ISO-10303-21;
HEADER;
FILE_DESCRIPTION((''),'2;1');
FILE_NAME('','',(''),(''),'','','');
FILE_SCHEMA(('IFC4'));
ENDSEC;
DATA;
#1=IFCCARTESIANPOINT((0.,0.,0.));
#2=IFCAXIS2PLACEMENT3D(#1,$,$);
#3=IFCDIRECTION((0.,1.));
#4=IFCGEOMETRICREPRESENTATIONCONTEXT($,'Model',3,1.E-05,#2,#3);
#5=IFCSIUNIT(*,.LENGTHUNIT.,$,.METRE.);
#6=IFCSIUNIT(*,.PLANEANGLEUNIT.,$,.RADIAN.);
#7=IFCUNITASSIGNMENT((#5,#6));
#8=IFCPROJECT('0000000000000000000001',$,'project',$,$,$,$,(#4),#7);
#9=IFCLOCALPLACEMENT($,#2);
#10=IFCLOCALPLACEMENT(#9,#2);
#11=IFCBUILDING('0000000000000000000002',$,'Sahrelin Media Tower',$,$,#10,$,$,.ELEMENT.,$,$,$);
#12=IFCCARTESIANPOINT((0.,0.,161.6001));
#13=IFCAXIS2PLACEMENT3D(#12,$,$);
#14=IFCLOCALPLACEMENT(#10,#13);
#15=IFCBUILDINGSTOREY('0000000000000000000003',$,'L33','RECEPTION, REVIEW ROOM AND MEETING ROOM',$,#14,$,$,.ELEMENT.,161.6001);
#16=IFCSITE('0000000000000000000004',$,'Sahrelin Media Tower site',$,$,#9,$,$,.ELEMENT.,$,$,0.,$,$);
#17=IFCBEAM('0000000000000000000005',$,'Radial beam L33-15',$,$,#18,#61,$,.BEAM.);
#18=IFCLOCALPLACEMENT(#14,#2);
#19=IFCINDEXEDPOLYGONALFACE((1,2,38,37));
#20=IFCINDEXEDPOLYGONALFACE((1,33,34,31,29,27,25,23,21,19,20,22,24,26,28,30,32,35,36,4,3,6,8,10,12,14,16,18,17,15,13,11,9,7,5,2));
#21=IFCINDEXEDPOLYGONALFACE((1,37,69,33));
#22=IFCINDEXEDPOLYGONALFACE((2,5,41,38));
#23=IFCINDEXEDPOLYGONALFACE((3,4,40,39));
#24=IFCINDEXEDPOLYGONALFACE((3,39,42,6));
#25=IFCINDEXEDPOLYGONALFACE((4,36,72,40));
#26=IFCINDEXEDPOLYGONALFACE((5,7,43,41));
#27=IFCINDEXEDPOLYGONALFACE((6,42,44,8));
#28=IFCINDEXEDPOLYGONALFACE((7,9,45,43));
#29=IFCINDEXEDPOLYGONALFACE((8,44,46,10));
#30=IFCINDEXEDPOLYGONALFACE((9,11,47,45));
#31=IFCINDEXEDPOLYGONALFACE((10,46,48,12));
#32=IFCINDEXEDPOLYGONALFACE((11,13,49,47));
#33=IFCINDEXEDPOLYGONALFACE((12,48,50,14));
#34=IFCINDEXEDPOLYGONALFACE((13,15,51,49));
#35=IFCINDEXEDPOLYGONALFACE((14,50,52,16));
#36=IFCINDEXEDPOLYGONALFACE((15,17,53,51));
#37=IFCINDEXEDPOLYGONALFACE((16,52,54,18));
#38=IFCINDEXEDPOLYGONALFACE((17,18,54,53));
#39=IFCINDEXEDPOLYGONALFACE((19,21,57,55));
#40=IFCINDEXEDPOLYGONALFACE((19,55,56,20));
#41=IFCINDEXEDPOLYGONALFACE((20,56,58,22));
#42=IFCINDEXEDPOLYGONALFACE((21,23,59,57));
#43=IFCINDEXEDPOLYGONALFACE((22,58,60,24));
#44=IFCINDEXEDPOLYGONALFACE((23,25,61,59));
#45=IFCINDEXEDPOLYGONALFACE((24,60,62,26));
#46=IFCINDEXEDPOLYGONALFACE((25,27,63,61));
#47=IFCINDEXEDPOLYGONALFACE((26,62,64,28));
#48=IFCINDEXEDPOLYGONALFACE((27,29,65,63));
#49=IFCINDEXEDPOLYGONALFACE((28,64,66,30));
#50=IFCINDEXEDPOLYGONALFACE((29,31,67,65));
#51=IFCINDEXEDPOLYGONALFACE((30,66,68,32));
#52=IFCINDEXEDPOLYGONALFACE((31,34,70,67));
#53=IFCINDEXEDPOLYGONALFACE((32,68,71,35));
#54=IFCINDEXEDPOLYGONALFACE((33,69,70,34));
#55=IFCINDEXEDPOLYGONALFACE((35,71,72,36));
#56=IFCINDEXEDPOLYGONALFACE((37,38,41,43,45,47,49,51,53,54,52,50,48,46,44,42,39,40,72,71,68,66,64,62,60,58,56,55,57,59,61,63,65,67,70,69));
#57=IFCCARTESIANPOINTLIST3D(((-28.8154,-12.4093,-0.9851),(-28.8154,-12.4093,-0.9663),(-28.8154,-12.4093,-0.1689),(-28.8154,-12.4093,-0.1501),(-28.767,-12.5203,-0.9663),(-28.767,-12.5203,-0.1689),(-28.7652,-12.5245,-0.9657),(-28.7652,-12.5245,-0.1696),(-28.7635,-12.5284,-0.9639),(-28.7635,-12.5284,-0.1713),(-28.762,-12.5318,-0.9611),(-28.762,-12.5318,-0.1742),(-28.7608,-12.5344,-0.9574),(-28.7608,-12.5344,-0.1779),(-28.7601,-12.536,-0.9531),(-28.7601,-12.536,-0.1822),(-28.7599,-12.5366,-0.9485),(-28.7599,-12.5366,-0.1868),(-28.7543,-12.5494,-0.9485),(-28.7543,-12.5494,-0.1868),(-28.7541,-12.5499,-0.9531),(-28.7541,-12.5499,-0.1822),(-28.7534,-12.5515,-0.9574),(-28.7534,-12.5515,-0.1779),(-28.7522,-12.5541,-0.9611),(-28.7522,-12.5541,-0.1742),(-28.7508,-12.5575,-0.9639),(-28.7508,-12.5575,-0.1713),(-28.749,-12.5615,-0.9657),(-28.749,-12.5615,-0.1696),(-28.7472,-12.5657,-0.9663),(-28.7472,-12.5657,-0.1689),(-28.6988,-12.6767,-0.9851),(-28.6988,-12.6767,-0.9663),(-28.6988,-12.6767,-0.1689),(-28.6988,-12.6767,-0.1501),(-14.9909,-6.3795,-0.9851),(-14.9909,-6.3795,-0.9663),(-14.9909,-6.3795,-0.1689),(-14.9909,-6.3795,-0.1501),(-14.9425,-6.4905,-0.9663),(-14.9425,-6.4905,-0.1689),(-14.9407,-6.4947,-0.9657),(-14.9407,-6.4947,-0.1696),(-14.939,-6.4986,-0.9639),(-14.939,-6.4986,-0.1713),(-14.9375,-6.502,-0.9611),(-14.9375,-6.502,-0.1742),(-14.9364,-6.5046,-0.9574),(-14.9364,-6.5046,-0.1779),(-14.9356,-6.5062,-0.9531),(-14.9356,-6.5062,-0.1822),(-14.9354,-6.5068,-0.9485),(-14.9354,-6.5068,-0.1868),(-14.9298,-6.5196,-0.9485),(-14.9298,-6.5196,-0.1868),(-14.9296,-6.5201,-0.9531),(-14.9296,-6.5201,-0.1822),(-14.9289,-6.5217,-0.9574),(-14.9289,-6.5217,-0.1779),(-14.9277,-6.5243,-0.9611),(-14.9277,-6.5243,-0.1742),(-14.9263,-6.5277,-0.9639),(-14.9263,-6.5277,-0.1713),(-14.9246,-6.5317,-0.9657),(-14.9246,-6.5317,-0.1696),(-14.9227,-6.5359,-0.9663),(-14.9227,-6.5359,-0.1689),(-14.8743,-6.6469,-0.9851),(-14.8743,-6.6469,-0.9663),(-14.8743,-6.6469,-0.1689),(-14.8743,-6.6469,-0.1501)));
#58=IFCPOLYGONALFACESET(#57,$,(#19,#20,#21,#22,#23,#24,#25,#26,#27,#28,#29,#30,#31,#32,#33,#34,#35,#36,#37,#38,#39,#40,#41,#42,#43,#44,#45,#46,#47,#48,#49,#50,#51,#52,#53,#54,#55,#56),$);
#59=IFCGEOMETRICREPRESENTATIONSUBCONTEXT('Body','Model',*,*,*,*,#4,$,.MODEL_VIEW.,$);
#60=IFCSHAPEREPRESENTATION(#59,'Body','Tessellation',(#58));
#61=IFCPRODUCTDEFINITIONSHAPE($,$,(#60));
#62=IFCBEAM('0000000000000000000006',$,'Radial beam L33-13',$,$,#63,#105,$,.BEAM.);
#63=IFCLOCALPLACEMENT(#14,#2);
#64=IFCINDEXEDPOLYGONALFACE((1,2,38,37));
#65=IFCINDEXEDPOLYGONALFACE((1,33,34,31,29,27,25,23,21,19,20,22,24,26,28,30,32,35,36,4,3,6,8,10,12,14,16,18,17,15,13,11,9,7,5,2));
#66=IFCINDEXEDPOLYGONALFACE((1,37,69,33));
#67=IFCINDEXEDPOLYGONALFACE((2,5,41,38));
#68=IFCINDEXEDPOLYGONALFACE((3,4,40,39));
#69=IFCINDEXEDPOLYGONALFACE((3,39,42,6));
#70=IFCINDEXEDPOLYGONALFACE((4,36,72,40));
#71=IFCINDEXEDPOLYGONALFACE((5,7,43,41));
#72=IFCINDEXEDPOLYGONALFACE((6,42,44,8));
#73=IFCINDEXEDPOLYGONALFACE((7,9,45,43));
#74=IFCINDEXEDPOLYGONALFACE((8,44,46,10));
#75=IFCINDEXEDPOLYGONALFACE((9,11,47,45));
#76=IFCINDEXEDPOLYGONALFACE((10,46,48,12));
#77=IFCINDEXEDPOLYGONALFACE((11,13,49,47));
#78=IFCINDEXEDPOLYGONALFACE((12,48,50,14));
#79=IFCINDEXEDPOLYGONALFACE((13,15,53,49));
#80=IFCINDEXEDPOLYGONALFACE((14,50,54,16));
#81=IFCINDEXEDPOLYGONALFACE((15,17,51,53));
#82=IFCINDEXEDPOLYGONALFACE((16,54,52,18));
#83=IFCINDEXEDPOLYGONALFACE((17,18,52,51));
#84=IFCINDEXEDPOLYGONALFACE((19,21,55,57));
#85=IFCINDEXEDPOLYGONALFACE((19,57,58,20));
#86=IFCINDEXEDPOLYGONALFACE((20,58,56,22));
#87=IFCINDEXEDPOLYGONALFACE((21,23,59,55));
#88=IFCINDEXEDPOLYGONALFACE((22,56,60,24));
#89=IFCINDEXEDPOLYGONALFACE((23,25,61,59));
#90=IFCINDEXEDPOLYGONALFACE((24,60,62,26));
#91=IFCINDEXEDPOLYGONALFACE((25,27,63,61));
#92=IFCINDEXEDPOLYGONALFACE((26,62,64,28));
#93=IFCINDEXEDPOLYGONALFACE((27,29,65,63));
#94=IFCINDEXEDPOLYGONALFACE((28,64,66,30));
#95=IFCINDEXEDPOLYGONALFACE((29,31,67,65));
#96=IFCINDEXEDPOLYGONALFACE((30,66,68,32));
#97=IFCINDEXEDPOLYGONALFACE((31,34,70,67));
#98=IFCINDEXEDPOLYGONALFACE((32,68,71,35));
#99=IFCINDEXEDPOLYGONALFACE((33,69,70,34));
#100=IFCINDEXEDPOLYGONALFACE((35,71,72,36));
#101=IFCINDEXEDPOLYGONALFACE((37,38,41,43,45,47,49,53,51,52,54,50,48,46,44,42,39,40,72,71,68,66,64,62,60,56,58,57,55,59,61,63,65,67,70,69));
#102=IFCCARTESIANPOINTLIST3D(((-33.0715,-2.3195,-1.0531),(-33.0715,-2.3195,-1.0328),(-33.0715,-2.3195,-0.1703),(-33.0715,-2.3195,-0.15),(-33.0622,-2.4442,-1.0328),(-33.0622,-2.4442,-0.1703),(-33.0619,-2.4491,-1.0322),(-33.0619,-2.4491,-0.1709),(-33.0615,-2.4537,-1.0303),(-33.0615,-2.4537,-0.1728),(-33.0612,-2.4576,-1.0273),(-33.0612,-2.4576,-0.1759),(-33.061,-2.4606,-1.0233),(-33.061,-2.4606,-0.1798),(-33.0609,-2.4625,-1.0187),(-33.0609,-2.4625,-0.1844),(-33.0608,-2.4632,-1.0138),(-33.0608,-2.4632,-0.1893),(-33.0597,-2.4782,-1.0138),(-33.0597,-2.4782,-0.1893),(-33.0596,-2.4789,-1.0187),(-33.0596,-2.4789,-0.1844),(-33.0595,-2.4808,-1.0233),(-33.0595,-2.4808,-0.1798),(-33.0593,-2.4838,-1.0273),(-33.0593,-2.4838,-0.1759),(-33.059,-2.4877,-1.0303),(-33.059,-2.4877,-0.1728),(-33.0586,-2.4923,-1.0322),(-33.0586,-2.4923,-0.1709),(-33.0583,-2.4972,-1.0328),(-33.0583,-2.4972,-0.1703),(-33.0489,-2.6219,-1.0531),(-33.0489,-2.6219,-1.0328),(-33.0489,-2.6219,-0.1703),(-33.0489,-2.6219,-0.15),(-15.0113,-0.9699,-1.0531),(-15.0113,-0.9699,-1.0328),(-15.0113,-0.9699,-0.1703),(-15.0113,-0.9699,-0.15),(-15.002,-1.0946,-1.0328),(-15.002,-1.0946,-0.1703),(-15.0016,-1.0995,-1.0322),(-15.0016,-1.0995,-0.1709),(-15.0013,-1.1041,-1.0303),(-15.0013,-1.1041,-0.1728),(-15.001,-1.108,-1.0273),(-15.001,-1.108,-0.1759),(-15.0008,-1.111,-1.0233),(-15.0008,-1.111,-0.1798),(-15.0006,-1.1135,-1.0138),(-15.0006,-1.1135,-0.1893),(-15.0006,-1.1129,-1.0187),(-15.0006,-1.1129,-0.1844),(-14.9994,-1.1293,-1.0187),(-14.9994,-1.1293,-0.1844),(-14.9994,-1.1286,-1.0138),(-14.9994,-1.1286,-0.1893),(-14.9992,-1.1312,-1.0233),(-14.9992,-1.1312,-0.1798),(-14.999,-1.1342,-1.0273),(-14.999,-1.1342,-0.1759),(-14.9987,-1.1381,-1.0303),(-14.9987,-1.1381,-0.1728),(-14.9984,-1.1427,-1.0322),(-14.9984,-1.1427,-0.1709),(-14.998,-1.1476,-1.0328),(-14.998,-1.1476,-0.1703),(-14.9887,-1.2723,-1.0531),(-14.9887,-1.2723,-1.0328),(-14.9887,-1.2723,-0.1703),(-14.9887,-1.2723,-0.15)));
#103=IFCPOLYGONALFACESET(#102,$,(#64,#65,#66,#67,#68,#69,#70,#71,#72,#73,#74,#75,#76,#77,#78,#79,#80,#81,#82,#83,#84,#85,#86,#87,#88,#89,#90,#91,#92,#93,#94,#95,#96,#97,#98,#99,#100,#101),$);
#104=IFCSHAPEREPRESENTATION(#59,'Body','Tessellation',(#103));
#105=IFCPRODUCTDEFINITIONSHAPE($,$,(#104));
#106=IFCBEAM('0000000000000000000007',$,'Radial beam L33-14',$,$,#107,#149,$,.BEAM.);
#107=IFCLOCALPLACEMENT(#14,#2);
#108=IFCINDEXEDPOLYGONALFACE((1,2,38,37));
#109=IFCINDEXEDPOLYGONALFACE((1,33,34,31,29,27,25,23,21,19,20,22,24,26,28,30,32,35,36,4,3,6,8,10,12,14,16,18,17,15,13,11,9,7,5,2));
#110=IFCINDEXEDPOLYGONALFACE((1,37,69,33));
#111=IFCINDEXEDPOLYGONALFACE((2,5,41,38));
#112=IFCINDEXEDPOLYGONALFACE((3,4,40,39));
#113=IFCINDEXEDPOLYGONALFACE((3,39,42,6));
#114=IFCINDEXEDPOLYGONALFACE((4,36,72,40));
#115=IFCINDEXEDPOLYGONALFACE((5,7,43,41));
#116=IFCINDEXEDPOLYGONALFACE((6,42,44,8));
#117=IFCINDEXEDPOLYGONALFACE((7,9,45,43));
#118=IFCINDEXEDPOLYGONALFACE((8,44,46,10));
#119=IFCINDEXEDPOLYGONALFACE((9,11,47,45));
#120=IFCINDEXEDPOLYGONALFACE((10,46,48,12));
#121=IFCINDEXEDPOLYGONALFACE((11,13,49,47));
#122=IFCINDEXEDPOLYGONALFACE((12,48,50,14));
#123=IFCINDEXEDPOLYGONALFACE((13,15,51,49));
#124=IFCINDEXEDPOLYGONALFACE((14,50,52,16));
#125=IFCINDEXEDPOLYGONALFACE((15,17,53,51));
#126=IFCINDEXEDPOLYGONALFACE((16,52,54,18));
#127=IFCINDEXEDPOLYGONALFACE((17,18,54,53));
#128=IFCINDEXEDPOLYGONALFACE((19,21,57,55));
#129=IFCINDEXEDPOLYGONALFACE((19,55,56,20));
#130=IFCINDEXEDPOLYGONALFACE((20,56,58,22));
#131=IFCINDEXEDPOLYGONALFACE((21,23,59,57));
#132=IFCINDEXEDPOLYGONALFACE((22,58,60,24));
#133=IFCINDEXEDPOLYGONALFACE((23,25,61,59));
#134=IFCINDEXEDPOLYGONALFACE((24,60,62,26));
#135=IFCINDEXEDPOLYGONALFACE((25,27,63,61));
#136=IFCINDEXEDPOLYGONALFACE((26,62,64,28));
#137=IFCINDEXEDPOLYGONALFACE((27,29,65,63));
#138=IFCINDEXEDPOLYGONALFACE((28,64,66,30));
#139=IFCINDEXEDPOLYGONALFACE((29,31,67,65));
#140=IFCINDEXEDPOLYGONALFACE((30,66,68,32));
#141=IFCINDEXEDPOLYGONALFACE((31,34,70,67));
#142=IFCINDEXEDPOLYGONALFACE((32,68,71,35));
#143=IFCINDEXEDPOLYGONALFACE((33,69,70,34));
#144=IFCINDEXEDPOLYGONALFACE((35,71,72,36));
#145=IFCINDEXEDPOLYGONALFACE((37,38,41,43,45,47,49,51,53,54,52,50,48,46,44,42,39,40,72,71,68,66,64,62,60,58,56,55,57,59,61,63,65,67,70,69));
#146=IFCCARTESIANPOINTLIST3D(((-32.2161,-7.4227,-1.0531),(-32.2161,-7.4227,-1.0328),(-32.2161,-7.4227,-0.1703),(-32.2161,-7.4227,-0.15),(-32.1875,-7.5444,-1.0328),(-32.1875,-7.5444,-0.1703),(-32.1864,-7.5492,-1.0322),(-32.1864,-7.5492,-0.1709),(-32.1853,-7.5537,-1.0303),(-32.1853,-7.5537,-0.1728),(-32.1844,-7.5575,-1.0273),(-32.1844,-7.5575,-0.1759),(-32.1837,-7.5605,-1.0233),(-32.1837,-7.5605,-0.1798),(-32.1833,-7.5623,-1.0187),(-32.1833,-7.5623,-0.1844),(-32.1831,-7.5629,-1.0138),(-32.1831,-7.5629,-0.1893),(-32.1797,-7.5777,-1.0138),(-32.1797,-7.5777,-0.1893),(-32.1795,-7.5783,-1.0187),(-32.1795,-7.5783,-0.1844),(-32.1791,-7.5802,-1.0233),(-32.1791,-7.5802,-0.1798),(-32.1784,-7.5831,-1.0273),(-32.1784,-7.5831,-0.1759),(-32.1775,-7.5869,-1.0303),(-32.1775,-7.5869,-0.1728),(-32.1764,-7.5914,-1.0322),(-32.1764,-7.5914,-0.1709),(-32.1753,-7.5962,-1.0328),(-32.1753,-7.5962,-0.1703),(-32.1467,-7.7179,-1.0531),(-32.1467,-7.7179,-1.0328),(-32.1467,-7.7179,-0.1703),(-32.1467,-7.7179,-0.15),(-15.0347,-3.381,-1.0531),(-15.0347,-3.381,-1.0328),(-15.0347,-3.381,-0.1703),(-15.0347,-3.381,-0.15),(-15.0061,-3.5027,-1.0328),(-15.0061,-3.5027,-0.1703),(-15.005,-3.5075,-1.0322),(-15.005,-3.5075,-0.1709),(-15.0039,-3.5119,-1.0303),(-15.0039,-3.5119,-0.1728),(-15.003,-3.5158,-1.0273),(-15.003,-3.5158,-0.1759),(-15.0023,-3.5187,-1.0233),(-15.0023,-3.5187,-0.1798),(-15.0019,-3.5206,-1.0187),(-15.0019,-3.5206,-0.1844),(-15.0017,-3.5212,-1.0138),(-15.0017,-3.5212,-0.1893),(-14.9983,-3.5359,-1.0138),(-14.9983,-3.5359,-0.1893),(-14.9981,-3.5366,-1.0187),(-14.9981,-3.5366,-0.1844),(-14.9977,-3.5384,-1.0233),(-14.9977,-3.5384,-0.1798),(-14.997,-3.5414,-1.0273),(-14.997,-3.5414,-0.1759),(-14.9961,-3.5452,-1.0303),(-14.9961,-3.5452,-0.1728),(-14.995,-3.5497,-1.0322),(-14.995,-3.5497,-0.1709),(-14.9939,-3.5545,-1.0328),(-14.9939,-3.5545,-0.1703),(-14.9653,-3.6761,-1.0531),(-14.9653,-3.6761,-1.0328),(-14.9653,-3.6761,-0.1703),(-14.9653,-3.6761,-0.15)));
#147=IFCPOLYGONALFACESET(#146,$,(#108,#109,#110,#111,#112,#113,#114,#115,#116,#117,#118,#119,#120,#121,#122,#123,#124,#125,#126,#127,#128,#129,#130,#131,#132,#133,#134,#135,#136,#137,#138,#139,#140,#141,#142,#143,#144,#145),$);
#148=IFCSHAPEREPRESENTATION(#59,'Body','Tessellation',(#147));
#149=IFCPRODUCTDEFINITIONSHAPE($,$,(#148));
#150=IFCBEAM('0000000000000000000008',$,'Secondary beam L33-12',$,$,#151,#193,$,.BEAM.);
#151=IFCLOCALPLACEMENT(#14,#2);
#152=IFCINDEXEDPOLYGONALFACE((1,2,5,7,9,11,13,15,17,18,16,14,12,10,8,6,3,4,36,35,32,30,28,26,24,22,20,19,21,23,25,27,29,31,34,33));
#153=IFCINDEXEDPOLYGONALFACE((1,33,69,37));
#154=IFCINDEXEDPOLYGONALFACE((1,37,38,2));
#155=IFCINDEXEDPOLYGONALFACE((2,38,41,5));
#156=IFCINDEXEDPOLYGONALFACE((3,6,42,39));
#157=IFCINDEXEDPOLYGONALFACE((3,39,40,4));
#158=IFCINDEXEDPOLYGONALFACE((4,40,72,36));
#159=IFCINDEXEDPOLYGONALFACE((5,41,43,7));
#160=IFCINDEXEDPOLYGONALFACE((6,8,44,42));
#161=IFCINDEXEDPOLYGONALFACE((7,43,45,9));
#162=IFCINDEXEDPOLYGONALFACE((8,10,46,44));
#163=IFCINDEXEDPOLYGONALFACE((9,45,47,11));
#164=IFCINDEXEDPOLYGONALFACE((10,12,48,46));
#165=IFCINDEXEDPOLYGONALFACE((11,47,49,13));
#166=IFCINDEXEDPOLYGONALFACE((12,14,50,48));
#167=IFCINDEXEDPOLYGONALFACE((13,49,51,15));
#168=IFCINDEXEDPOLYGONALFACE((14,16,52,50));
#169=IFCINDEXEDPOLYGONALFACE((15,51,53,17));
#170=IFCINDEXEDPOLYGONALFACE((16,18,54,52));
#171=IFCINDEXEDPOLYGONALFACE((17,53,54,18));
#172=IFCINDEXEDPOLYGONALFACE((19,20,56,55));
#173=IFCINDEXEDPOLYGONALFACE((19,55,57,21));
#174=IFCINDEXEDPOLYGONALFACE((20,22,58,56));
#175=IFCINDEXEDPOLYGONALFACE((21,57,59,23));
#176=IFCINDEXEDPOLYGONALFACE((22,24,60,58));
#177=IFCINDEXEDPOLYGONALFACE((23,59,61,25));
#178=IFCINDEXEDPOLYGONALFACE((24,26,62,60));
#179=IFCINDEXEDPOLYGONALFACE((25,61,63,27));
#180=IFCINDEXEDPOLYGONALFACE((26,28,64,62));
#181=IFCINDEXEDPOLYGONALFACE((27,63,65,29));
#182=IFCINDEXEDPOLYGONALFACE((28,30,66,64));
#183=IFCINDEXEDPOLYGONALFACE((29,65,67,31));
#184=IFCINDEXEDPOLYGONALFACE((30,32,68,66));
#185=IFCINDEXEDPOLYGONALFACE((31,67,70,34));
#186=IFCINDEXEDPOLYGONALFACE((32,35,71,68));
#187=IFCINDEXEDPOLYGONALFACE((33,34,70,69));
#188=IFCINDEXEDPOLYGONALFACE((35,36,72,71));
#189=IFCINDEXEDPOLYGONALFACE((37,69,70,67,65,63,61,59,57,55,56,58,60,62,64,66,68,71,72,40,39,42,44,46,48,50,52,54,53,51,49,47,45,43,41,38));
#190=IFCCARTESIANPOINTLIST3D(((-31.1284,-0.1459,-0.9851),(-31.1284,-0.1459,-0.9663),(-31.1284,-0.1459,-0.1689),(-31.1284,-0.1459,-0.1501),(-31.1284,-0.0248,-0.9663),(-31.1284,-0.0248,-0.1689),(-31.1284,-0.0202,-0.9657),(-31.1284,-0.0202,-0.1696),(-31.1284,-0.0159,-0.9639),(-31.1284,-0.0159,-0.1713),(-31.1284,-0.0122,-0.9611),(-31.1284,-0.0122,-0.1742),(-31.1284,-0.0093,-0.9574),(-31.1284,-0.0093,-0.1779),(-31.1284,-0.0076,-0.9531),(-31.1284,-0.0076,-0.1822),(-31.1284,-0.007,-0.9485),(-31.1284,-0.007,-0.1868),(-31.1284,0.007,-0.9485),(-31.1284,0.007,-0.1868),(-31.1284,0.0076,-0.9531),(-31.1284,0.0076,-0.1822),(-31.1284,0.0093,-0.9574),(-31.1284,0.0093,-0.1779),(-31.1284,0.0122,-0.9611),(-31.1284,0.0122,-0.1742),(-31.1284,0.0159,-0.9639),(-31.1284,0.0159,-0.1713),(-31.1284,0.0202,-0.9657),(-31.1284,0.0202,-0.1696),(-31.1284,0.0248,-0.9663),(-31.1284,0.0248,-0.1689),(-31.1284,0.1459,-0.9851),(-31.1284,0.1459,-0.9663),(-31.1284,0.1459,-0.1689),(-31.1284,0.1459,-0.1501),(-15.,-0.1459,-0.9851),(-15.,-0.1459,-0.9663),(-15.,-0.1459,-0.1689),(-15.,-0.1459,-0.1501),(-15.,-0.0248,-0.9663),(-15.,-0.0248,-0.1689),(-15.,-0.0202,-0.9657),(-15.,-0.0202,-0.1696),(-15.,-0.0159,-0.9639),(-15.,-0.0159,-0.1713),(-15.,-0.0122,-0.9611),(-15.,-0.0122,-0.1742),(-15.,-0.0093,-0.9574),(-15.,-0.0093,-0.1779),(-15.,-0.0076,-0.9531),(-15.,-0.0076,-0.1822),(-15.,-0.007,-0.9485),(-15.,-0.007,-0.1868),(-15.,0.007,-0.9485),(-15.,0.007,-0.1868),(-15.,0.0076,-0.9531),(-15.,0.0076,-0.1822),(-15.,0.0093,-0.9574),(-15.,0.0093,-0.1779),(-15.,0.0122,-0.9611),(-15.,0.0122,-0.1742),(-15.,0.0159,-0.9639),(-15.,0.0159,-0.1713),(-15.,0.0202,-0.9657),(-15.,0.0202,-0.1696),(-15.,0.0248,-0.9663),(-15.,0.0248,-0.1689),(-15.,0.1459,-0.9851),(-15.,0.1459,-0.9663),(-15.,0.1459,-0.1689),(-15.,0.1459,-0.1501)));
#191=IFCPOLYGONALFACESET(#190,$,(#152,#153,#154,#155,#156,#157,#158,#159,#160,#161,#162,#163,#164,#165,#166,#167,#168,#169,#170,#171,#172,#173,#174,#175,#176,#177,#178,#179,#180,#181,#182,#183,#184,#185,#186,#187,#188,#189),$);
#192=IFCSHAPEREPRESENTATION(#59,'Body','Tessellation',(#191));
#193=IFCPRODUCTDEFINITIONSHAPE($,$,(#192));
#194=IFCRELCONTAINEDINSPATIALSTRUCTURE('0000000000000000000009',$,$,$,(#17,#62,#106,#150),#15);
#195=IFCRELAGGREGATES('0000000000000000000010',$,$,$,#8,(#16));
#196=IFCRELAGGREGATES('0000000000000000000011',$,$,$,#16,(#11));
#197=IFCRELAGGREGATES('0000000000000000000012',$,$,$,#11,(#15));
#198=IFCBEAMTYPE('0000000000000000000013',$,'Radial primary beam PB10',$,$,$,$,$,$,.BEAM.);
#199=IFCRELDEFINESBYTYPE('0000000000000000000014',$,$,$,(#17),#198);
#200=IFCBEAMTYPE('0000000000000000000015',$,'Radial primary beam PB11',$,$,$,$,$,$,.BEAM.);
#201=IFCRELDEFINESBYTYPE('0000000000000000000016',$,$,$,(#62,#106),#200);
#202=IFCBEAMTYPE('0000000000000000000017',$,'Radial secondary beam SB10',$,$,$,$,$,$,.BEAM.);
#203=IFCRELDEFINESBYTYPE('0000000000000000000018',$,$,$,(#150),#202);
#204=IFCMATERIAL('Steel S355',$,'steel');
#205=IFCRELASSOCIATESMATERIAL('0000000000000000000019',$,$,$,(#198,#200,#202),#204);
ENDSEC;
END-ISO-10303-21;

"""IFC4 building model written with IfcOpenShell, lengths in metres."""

from ifc_helpers import new_model, si_unit, direction, frame, origin, origin_2d, place, context, subcontext, project, spatial, i_section, extrude, material, material_profile, profile_set, type_object, element, save


model = new_model("IFC4")

# Units and contexts
model_context = context("Model", 3, precision=1e-05, world=origin(), true_north=direction((0.0, 1.0)))
body_context = subcontext(model_context, "Body", "Model", "MODEL_VIEW")
ifc_project = project(units=[si_unit("LENGTHUNIT", "METRE"), si_unit("PLANEANGLEUNIT", "RADIAN")], contexts=[model_context])

# Site, building, storey
site_placement = place(None, origin())
site = spatial("IfcSite", under=ifc_project, at=site_placement, Name="Sahrelin Media Tower site", CompositionType="ELEMENT", RefElevation=0.0)
building_placement = place(site_placement, origin())
building = spatial("IfcBuilding", under=site, at=building_placement, Name="Sahrelin Media Tower", CompositionType="ELEMENT")
storey_placement = place(building_placement, frame((0.0, 0.0, 161.6001)))
storey = spatial("IfcBuildingStorey", under=building, at=storey_placement, Name="L33", Description="RECEPTION, REVIEW ROOM AND MEETING ROOM", CompositionType="ELEMENT", Elevation=161.6001)

# Beams
ifc_material_1 = material(Name="Steel S355", Category="steel")
ifc_material_profile_1 = material_profile(ifc_material_1, i_section(OverallWidth=0.2917, OverallDepth=0.835, WebThickness=0.0139, FlangeThickness=0.0188, FilletRadius=0.0178, at=origin_2d()), Name="UB 838x292x176")
ifc_profile_set_1 = profile_set([ifc_material_profile_1], Name="Steel S355")
beam_type_1 = type_object("IfcBeamType", Name="Radial primary beam PB10", PredefinedType="BEAM", material=ifc_profile_set_1)
beam_1_placement = place(storey_placement, frame((-14.9326, -6.5132, -0.5676), z_axis=(-0.916605, -0.399794, 0.0), x_axis=(0.399794, -0.916605, 0.0)))
element("IfcBeam", 1, at=beam_1_placement, inside=storey, type_object=beam_type_1, Name="Radial beam L33-15", PredefinedType="BEAM", context=body_context, shape_type="SweptSolid", body=[
    extrude(i_section(OverallWidth=0.2917, OverallDepth=0.835, WebThickness=0.0139, FlangeThickness=0.0188, FilletRadius=0.0178, at=origin_2d()), origin(), (0.0, 0.0, 1.0), 15.0823),
])
ifc_material_profile_2 = material_profile(ifc_material_1, i_section(OverallWidth=0.3032, OverallDepth=0.9031, WebThickness=0.0151, FlangeThickness=0.0203, FilletRadius=0.019, at=origin_2d()), Name="UB 914x305x201")
ifc_profile_set_2 = profile_set([ifc_material_profile_2], Name="Steel S355")
beam_type_2 = type_object("IfcBeamType", Name="Radial primary beam PB11", PredefinedType="BEAM", material=ifc_profile_set_2)
beam_2_placement = place(storey_placement, frame((-15.0, -1.1211, -0.6016), z_axis=(-0.99722, -0.07452, 0.0), x_axis=(0.07452, -0.99722, 0.0)))
element("IfcBeam", 2, at=beam_2_placement, inside=storey, type_object=beam_type_2, Name="Radial beam L33-13", PredefinedType="BEAM", context=body_context, shape_type="SweptSolid", body=[
    extrude(i_section(OverallWidth=0.3032, OverallDepth=0.9031, WebThickness=0.0151, FlangeThickness=0.0203, FilletRadius=0.019, at=origin_2d()), origin(), (0.0, 0.0, 1.0), 18.1106),
])
beam_3_placement = place(storey_placement, frame((-15.0, -3.5286, -0.6016), z_axis=(-0.973429, -0.228989, 0.0), x_axis=(0.228989, -0.973429, 0.0)))
element("IfcBeam", 3, at=beam_3_placement, inside=storey, type_object=beam_type_2, Name="Radial beam L33-14", PredefinedType="BEAM", context=body_context, shape_type="SweptSolid", body=[
    extrude(i_section(OverallWidth=0.3032, OverallDepth=0.9031, WebThickness=0.0151, FlangeThickness=0.0203, FilletRadius=0.019, at=origin_2d()), origin(), (0.0, 0.0, 1.0), 17.6504),
])
ifc_material_profile_3 = material_profile(ifc_material_1, i_section(OverallWidth=0.2917, OverallDepth=0.835, WebThickness=0.0139, FlangeThickness=0.0188, FilletRadius=0.0178, at=origin_2d()), Name="UB 838x292x176")
ifc_profile_set_3 = profile_set([ifc_material_profile_3], Name="Steel S355")
beam_type_3 = type_object("IfcBeamType", Name="Radial secondary beam SB10", PredefinedType="BEAM", material=ifc_profile_set_3)
beam_4_placement = place(storey_placement, frame((-15.0, 0.0, -0.5676), z_axis=(-1.0, 0.0, 0.0), x_axis=(0.0, -1.0, 0.0)))
element("IfcBeam", 4, at=beam_4_placement, inside=storey, type_object=beam_type_3, Name="Secondary beam L33-12", PredefinedType="BEAM", context=body_context, shape_type="SweptSolid", body=[
    extrude(i_section(OverallWidth=0.2917, OverallDepth=0.835, WebThickness=0.0139, FlangeThickness=0.0188, FilletRadius=0.0178, at=origin_2d()), origin(), (0.0, 0.0, 1.0), 16.1284),
])

save(model, "model.ifc")
